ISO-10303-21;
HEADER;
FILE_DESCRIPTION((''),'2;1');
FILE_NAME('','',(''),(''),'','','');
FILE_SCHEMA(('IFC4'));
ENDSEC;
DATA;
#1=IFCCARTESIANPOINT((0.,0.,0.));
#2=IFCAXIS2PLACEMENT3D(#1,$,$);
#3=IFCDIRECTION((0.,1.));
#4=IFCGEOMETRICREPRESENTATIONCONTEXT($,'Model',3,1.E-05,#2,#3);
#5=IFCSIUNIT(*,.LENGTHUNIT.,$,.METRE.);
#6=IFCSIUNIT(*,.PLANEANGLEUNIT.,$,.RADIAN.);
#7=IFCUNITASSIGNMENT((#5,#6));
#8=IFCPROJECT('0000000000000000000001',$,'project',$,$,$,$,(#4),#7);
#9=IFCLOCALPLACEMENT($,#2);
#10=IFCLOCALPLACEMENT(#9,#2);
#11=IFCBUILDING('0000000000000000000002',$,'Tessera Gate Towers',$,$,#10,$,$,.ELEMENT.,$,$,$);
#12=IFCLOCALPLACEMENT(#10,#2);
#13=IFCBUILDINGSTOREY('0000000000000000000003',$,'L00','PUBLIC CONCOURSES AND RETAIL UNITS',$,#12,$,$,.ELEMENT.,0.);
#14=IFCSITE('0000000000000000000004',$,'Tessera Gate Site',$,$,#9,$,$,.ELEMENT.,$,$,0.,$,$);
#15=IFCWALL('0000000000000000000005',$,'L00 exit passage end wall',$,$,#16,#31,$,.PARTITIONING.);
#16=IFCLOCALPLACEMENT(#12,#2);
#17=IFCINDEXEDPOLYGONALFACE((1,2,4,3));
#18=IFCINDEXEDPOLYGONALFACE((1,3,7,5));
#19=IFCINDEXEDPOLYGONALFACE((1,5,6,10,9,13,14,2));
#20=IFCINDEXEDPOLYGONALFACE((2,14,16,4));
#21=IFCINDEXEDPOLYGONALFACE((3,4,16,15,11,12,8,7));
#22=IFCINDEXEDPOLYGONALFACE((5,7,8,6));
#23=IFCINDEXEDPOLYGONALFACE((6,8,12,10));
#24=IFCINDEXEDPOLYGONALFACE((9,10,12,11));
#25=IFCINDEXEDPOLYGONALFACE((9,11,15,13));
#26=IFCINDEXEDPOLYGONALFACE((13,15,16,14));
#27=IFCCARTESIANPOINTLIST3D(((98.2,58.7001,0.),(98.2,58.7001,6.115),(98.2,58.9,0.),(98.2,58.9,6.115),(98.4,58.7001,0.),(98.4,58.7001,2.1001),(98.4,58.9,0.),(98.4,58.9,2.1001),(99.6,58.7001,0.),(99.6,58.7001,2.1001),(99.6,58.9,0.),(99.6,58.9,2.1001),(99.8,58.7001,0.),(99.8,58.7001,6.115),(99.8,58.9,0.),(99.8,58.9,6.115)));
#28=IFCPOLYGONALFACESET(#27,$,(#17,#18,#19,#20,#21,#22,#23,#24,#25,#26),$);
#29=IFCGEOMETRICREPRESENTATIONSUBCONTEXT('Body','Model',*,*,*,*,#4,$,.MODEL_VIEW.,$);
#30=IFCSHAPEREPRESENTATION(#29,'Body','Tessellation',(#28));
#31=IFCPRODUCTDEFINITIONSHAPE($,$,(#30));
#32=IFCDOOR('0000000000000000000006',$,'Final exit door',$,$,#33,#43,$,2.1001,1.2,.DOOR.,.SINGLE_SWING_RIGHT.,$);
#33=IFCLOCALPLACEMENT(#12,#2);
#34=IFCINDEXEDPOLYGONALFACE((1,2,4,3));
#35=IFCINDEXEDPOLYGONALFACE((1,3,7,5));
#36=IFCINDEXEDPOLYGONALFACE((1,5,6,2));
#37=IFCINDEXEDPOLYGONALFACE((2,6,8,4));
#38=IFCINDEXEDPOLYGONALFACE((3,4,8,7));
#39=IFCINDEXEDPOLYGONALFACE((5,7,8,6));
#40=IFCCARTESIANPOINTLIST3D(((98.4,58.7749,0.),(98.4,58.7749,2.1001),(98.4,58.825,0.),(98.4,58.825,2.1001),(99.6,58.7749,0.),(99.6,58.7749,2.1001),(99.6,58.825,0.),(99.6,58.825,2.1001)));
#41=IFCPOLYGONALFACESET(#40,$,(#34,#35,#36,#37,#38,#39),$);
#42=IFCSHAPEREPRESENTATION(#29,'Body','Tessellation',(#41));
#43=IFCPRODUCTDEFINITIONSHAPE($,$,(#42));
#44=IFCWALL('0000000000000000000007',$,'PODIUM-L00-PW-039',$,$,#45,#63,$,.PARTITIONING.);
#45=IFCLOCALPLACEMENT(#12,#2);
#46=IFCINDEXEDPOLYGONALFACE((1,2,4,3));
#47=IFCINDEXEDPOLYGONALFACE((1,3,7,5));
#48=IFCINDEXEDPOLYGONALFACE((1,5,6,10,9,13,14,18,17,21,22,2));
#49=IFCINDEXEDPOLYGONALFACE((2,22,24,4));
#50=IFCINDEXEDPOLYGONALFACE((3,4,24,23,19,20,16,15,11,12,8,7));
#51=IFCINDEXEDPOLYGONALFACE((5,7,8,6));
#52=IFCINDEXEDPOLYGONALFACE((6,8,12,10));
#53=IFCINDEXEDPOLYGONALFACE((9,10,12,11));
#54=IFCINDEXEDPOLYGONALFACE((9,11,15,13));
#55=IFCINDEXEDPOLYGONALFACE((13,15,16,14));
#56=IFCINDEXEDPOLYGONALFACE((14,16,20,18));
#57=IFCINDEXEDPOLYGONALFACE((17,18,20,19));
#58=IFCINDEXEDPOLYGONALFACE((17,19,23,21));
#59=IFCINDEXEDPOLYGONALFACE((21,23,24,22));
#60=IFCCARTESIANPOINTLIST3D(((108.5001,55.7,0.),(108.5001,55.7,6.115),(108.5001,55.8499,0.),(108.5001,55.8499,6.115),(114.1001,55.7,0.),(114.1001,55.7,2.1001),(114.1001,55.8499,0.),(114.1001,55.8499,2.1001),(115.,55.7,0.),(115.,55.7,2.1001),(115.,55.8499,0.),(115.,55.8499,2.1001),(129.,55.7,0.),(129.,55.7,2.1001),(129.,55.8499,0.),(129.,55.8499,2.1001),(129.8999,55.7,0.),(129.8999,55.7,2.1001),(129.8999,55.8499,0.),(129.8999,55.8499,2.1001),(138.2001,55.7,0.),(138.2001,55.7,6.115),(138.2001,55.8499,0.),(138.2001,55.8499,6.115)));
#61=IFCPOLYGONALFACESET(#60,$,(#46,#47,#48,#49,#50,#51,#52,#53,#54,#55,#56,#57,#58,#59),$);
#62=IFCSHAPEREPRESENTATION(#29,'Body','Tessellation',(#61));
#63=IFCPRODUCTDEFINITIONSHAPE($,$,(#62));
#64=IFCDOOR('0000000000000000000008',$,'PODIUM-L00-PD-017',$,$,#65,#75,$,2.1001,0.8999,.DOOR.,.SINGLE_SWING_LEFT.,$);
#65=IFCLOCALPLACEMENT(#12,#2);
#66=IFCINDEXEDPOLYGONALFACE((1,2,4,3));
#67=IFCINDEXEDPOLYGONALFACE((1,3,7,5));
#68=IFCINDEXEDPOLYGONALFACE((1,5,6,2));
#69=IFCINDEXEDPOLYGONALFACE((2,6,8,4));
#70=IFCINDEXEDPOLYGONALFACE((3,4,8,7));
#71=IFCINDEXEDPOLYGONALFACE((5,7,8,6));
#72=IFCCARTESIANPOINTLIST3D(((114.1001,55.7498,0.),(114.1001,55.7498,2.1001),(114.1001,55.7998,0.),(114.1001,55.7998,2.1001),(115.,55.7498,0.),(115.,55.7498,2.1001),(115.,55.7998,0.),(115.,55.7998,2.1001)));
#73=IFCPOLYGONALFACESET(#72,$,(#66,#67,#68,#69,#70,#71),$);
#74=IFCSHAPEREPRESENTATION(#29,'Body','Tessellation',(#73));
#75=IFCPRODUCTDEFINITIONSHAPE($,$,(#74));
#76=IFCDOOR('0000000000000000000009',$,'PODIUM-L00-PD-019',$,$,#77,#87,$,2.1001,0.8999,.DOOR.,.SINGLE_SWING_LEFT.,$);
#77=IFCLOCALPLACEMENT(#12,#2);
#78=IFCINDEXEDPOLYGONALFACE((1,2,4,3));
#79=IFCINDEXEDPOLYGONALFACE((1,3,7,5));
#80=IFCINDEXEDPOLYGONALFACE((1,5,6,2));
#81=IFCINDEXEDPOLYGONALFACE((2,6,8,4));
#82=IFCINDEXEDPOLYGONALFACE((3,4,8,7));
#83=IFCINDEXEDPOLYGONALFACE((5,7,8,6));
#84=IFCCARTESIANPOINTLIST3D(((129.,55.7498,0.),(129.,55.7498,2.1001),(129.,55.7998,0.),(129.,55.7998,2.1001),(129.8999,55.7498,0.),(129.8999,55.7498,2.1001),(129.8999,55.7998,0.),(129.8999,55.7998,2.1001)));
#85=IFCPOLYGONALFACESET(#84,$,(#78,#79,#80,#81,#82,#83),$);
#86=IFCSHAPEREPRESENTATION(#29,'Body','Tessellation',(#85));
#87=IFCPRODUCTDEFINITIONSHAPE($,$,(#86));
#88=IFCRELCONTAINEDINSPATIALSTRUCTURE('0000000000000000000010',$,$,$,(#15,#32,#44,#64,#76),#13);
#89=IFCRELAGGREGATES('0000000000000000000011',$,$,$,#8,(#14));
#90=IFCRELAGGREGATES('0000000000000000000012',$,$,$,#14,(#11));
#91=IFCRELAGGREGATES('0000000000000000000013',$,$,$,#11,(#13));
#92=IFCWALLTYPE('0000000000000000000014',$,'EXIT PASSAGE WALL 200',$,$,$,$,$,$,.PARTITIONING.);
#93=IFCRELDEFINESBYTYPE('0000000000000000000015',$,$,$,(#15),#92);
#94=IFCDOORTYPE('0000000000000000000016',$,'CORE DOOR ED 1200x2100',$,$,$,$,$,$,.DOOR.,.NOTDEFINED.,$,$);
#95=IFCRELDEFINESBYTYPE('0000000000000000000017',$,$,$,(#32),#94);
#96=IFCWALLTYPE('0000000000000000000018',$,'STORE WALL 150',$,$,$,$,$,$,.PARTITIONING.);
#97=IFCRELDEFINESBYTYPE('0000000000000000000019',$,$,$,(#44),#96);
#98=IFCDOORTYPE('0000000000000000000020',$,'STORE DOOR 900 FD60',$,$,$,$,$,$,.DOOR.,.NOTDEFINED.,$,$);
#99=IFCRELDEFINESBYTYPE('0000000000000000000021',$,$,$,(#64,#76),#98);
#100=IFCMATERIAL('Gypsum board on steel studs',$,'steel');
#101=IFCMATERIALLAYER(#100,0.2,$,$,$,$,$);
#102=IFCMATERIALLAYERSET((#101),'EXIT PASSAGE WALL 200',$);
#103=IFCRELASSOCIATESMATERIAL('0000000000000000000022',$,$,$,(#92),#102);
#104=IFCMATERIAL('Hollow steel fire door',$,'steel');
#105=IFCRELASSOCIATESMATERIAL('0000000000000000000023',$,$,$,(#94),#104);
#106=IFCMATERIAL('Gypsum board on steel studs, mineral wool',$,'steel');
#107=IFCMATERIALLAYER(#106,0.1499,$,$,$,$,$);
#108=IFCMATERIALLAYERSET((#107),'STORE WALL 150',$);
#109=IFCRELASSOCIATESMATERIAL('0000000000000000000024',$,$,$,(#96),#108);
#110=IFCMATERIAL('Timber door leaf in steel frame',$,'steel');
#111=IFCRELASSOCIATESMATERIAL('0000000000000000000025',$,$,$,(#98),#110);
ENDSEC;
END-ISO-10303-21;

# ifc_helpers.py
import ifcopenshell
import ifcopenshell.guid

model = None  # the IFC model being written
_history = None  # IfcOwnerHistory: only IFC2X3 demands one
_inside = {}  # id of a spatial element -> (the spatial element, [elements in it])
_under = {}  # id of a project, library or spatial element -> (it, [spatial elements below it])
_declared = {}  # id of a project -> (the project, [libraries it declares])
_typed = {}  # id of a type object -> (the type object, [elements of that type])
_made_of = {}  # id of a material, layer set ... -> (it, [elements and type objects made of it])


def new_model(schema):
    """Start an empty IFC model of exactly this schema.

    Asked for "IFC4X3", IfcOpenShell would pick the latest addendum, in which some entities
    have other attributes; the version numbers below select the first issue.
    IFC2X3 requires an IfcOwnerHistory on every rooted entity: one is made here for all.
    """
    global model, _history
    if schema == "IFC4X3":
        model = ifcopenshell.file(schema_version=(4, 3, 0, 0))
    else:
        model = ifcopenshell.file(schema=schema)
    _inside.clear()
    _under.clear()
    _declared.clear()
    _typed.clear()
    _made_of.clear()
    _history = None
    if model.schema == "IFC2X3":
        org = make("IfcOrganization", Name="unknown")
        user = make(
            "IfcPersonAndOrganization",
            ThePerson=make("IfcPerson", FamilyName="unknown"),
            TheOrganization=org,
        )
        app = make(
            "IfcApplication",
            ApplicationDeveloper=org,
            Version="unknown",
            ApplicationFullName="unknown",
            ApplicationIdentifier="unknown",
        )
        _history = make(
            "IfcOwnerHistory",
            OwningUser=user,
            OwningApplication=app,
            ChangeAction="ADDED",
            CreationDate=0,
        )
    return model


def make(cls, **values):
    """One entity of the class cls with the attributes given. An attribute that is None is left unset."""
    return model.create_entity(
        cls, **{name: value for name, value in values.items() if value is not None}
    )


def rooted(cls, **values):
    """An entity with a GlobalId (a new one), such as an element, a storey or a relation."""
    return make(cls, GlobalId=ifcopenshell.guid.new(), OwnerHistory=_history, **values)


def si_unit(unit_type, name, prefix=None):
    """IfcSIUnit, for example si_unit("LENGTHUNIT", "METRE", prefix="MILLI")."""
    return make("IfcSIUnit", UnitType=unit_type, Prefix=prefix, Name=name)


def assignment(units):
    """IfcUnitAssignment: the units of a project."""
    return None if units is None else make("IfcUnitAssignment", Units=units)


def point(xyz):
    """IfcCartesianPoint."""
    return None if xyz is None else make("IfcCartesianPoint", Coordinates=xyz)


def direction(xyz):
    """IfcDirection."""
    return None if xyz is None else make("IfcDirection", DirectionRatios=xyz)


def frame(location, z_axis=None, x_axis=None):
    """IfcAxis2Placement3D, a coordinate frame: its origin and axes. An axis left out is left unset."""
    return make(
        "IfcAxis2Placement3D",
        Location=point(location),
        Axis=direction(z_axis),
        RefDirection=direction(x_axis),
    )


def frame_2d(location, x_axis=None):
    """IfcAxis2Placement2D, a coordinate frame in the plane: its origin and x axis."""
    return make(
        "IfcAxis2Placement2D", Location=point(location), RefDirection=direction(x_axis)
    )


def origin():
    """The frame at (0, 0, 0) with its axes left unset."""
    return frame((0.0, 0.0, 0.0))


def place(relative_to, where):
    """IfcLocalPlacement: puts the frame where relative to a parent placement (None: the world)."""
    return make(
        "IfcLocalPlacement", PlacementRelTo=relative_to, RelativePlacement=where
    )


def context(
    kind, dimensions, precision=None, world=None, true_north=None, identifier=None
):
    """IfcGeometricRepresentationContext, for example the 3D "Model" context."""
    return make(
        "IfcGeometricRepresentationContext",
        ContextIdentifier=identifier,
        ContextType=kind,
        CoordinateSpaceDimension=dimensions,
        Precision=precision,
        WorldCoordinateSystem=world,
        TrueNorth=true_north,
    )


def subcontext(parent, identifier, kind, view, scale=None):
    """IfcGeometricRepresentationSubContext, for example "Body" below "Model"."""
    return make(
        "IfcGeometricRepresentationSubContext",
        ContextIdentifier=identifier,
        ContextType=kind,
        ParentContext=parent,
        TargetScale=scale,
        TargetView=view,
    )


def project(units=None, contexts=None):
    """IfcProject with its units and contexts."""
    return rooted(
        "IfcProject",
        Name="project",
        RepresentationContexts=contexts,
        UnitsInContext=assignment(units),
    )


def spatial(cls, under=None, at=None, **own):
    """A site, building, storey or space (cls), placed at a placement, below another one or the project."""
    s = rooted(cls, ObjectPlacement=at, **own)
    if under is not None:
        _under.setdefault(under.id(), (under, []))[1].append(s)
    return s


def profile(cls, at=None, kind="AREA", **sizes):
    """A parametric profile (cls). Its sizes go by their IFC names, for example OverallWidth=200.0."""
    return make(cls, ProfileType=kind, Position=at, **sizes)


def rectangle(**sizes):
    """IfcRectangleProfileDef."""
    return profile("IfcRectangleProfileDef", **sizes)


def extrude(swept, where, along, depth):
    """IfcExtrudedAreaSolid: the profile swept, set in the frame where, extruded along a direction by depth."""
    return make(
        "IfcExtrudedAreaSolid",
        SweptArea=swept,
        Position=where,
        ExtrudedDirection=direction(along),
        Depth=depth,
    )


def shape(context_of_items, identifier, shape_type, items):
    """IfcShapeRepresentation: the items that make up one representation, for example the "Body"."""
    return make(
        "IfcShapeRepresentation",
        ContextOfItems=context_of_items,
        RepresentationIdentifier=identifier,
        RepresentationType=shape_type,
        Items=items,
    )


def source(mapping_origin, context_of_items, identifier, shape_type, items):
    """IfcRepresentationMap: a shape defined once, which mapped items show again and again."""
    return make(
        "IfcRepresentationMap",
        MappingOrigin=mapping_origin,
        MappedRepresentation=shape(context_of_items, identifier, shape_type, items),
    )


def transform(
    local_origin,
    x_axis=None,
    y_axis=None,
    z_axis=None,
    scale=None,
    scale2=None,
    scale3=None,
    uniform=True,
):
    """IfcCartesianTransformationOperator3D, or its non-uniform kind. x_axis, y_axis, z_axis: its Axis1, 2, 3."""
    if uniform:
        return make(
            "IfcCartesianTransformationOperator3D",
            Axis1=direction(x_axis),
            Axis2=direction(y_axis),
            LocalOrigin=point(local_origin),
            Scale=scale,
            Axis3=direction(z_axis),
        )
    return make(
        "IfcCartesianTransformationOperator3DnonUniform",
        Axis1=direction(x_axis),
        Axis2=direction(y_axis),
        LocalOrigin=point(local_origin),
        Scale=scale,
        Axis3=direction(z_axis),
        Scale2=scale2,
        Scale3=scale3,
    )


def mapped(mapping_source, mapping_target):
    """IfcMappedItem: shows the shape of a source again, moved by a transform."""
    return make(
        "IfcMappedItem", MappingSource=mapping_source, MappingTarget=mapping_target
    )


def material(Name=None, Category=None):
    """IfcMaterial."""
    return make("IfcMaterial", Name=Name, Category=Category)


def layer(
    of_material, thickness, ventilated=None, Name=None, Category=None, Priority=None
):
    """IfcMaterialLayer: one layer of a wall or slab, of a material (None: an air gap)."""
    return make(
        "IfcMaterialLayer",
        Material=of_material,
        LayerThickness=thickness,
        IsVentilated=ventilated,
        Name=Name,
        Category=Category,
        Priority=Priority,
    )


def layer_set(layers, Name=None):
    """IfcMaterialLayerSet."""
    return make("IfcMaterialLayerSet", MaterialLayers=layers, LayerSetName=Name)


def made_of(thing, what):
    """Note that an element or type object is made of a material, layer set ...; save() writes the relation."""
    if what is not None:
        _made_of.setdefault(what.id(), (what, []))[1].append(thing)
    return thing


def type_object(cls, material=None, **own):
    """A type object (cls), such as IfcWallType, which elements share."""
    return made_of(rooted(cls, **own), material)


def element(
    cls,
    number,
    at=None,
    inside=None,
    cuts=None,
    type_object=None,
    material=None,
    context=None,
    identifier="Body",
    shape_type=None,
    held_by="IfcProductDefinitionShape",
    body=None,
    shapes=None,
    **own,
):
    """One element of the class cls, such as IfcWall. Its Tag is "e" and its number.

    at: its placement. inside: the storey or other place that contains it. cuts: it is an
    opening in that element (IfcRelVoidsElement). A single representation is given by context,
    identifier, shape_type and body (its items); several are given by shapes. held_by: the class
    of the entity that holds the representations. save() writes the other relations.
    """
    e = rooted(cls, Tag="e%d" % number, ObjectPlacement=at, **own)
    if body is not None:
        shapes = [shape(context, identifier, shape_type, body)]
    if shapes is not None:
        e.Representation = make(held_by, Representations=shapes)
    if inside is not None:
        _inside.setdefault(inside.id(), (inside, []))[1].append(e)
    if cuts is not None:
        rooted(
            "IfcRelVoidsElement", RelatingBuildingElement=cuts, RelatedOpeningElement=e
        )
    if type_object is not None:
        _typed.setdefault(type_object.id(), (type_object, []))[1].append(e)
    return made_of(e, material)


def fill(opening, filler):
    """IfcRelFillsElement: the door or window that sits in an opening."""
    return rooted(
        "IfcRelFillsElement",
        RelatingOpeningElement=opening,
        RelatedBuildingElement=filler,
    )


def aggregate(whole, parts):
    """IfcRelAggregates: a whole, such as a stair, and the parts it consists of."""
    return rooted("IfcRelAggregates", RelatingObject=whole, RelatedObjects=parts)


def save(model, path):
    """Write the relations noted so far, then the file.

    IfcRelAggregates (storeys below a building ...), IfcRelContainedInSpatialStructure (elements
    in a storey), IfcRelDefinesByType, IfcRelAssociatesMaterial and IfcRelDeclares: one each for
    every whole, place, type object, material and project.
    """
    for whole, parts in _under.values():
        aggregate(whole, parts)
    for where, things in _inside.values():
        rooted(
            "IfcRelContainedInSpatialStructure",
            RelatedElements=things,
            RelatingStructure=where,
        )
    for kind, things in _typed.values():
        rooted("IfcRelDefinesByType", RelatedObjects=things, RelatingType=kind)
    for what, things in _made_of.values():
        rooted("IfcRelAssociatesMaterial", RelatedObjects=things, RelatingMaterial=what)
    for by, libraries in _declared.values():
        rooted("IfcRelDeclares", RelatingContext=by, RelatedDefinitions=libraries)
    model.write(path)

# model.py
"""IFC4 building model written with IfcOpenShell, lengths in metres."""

from ifc_helpers import new_model, si_unit, direction, frame, frame_2d, origin, place, context, subcontext, project, spatial, rectangle, extrude, source, transform, mapped, material, layer, layer_set, type_object, element, fill, save


model = new_model("IFC4")

# Units and contexts
model_context = context("Model", 3, precision=1e-05, world=origin(), true_north=direction((0.0, 1.0)))
body_context = subcontext(model_context, "Body", "Model", "MODEL_VIEW")
ifc_project = project(units=[si_unit("LENGTHUNIT", "METRE"), si_unit("PLANEANGLEUNIT", "RADIAN")], contexts=[model_context])

# Site, building, storey
site_placement = place(None, origin())
site = spatial("IfcSite", under=ifc_project, at=site_placement, Name="Tessera Gate Site", CompositionType="ELEMENT", RefElevation=0.0)
building_placement = place(site_placement, origin())
building = spatial("IfcBuilding", under=site, at=building_placement, Name="Tessera Gate Towers", CompositionType="ELEMENT")
storey_placement = place(building_placement, origin())
storey = spatial("IfcBuildingStorey", under=building, at=storey_placement, Name="L00", Description="PUBLIC CONCOURSES AND RETAIL UNITS", CompositionType="ELEMENT", Elevation=0.0)

# Wall, opening, door
ifc_material_1 = material(Name="Gypsum board on steel studs", Category="steel")
ifc_layer_1 = layer(ifc_material_1, 0.2)
ifc_layer_set_1 = layer_set([ifc_layer_1], Name="EXIT PASSAGE WALL 200")
wall_type_1 = type_object("IfcWallType", Name="EXIT PASSAGE WALL 200", PredefinedType="PARTITIONING", material=ifc_layer_set_1)
wall_1_placement = place(storey_placement, frame((98.2, 58.8, 0.0), z_axis=(0.0, 0.0, 1.0), x_axis=(1.0, 0.0, 0.0)))
wall_1 = element("IfcWall", 1, at=wall_1_placement, inside=storey, type_object=wall_type_1, Name="L00 exit passage end wall", PredefinedType="PARTITIONING", context=body_context, shape_type="SweptSolid", body=[
    extrude(rectangle(XDim=1.6001, YDim=0.2, at=frame_2d((0.8, 0.0))), origin(), (0.0, 0.0, 1.0), 6.115),
])
shared_shape_1 = source(origin(), body_context, "Body", "SweptSolid", [
    extrude(rectangle(XDim=1.2, YDim=2.1001, at=frame_2d((0.6001, 1.05))), frame((0.0, 0.1099, 0.0), z_axis=(0.0, -1.0, 0.0), x_axis=(1.0, 0.0, 0.0)), (0.0, 0.0, 1.0), 0.22),
])
opening_1_placement = place(wall_1_placement, frame((0.2, 0.0, 0.0)))
opening_1 = element("IfcOpeningElement", 2, at=opening_1_placement, cuts=wall_1, PredefinedType="OPENING", context=body_context, shape_type="MappedRepresentation", body=[
    mapped(shared_shape_1, transform((0.0, 0.0, 0.0), scale=1.0)),
])
ifc_material_2 = material(Name="Hollow steel fire door", Category="steel")
door_type_1 = type_object("IfcDoorType", Name="CORE DOOR ED 1200x2100", OperationType="NOTDEFINED", PredefinedType="DOOR", material=ifc_material_2)
shared_shape_2 = source(origin(), body_context, "Body", "SweptSolid", [
    extrude(rectangle(XDim=1.2, YDim=2.1001, at=frame_2d((0.6001, 1.05))), frame((0.0, 0.0249, 0.0), z_axis=(0.0, -1.0, 0.0), x_axis=(1.0, 0.0, 0.0)), (0.0, 0.0, 1.0), 0.05),
])
door_1_placement = place(opening_1_placement, origin())
door_1 = element("IfcDoor", 3, at=door_1_placement, inside=storey, type_object=door_type_1, Name="Final exit door", OperationType="SINGLE_SWING_RIGHT", OverallHeight=2.1001, OverallWidth=1.2, PredefinedType="DOOR", context=body_context, shape_type="MappedRepresentation", body=[
    mapped(shared_shape_2, transform((0.0, 0.0, 0.0), scale=1.0)),
])
fill(opening_1, door_1)

# Wall, openings, doors
ifc_material_3 = material(Name="Gypsum board on steel studs, mineral wool", Category="steel")
ifc_layer_2 = layer(ifc_material_3, 0.1499)
ifc_layer_set_2 = layer_set([ifc_layer_2], Name="STORE WALL 150")
wall_type_2 = type_object("IfcWallType", Name="STORE WALL 150", PredefinedType="PARTITIONING", material=ifc_layer_set_2)
wall_2_placement = place(storey_placement, frame((108.5, 55.7749, 0.0), z_axis=(0.0, 0.0, 1.0), x_axis=(1.0, 0.0, 0.0)))
wall_2 = element("IfcWall", 4, at=wall_2_placement, inside=storey, type_object=wall_type_2, Name="PODIUM-L00-PW-039", PredefinedType="PARTITIONING", context=body_context, shape_type="SweptSolid", body=[
    extrude(rectangle(XDim=29.7, YDim=0.1499, at=frame_2d((14.8501, 0.0))), origin(), (0.0, 0.0, 1.0), 6.115),
])
shared_shape_3 = source(origin(), body_context, "Body", "SweptSolid", [
    extrude(rectangle(XDim=0.8999, YDim=2.1001, at=frame_2d((0.45, 1.05))), frame((0.0, 0.085, 0.0), z_axis=(0.0, -1.0, 0.0), x_axis=(1.0, 0.0, 0.0)), (0.0, 0.0, 1.0), 0.1699),
])
opening_2_placement = place(wall_2_placement, frame((5.6001, 0.0, 0.0)))
opening_2 = element("IfcOpeningElement", 5, at=opening_2_placement, cuts=wall_2, PredefinedType="OPENING", context=body_context, shape_type="MappedRepresentation", body=[
    mapped(shared_shape_3, transform((0.0, 0.0, 0.0), scale=1.0)),
])
opening_3_placement = place(wall_2_placement, frame((20.5, 0.0, 0.0)))
opening_3 = element("IfcOpeningElement", 6, at=opening_3_placement, cuts=wall_2, PredefinedType="OPENING", context=body_context, shape_type="MappedRepresentation", body=[
    mapped(shared_shape_3, transform((0.0, 0.0, 0.0), scale=1.0)),
])
ifc_material_4 = material(Name="Timber door leaf in steel frame", Category="steel")
door_type_2 = type_object("IfcDoorType", Name="STORE DOOR 900 FD60", OperationType="NOTDEFINED", PredefinedType="DOOR", material=ifc_material_4)
shared_shape_4 = source(origin(), body_context, "Body", "SweptSolid", [
    extrude(rectangle(XDim=0.8999, YDim=2.1001, at=frame_2d((0.45, 1.05))), frame((0.0, 0.0249, 0.0), z_axis=(0.0, -1.0, 0.0), x_axis=(1.0, 0.0, 0.0)), (0.0, 0.0, 1.0), 0.05),
])
door_2_placement = place(opening_2_placement, origin())
door_2 = element("IfcDoor", 7, at=door_2_placement, inside=storey, type_object=door_type_2, Name="PODIUM-L00-PD-017", OperationType="SINGLE_SWING_LEFT", OverallHeight=2.1001, OverallWidth=0.8999, PredefinedType="DOOR", context=body_context, shape_type="MappedRepresentation", body=[
    mapped(shared_shape_4, transform((0.0, 0.0, 0.0), scale=1.0)),
])
fill(opening_2, door_2)
door_3_placement = place(opening_3_placement, origin())
door_3 = element("IfcDoor", 8, at=door_3_placement, inside=storey, type_object=door_type_2, Name="PODIUM-L00-PD-019", OperationType="SINGLE_SWING_LEFT", OverallHeight=2.1001, OverallWidth=0.8999, PredefinedType="DOOR", context=body_context, shape_type="MappedRepresentation", body=[
    mapped(shared_shape_4, transform((0.0, 0.0, 0.0), scale=1.0)),
])
fill(opening_3, door_3)

save(model, "model.ifc")
